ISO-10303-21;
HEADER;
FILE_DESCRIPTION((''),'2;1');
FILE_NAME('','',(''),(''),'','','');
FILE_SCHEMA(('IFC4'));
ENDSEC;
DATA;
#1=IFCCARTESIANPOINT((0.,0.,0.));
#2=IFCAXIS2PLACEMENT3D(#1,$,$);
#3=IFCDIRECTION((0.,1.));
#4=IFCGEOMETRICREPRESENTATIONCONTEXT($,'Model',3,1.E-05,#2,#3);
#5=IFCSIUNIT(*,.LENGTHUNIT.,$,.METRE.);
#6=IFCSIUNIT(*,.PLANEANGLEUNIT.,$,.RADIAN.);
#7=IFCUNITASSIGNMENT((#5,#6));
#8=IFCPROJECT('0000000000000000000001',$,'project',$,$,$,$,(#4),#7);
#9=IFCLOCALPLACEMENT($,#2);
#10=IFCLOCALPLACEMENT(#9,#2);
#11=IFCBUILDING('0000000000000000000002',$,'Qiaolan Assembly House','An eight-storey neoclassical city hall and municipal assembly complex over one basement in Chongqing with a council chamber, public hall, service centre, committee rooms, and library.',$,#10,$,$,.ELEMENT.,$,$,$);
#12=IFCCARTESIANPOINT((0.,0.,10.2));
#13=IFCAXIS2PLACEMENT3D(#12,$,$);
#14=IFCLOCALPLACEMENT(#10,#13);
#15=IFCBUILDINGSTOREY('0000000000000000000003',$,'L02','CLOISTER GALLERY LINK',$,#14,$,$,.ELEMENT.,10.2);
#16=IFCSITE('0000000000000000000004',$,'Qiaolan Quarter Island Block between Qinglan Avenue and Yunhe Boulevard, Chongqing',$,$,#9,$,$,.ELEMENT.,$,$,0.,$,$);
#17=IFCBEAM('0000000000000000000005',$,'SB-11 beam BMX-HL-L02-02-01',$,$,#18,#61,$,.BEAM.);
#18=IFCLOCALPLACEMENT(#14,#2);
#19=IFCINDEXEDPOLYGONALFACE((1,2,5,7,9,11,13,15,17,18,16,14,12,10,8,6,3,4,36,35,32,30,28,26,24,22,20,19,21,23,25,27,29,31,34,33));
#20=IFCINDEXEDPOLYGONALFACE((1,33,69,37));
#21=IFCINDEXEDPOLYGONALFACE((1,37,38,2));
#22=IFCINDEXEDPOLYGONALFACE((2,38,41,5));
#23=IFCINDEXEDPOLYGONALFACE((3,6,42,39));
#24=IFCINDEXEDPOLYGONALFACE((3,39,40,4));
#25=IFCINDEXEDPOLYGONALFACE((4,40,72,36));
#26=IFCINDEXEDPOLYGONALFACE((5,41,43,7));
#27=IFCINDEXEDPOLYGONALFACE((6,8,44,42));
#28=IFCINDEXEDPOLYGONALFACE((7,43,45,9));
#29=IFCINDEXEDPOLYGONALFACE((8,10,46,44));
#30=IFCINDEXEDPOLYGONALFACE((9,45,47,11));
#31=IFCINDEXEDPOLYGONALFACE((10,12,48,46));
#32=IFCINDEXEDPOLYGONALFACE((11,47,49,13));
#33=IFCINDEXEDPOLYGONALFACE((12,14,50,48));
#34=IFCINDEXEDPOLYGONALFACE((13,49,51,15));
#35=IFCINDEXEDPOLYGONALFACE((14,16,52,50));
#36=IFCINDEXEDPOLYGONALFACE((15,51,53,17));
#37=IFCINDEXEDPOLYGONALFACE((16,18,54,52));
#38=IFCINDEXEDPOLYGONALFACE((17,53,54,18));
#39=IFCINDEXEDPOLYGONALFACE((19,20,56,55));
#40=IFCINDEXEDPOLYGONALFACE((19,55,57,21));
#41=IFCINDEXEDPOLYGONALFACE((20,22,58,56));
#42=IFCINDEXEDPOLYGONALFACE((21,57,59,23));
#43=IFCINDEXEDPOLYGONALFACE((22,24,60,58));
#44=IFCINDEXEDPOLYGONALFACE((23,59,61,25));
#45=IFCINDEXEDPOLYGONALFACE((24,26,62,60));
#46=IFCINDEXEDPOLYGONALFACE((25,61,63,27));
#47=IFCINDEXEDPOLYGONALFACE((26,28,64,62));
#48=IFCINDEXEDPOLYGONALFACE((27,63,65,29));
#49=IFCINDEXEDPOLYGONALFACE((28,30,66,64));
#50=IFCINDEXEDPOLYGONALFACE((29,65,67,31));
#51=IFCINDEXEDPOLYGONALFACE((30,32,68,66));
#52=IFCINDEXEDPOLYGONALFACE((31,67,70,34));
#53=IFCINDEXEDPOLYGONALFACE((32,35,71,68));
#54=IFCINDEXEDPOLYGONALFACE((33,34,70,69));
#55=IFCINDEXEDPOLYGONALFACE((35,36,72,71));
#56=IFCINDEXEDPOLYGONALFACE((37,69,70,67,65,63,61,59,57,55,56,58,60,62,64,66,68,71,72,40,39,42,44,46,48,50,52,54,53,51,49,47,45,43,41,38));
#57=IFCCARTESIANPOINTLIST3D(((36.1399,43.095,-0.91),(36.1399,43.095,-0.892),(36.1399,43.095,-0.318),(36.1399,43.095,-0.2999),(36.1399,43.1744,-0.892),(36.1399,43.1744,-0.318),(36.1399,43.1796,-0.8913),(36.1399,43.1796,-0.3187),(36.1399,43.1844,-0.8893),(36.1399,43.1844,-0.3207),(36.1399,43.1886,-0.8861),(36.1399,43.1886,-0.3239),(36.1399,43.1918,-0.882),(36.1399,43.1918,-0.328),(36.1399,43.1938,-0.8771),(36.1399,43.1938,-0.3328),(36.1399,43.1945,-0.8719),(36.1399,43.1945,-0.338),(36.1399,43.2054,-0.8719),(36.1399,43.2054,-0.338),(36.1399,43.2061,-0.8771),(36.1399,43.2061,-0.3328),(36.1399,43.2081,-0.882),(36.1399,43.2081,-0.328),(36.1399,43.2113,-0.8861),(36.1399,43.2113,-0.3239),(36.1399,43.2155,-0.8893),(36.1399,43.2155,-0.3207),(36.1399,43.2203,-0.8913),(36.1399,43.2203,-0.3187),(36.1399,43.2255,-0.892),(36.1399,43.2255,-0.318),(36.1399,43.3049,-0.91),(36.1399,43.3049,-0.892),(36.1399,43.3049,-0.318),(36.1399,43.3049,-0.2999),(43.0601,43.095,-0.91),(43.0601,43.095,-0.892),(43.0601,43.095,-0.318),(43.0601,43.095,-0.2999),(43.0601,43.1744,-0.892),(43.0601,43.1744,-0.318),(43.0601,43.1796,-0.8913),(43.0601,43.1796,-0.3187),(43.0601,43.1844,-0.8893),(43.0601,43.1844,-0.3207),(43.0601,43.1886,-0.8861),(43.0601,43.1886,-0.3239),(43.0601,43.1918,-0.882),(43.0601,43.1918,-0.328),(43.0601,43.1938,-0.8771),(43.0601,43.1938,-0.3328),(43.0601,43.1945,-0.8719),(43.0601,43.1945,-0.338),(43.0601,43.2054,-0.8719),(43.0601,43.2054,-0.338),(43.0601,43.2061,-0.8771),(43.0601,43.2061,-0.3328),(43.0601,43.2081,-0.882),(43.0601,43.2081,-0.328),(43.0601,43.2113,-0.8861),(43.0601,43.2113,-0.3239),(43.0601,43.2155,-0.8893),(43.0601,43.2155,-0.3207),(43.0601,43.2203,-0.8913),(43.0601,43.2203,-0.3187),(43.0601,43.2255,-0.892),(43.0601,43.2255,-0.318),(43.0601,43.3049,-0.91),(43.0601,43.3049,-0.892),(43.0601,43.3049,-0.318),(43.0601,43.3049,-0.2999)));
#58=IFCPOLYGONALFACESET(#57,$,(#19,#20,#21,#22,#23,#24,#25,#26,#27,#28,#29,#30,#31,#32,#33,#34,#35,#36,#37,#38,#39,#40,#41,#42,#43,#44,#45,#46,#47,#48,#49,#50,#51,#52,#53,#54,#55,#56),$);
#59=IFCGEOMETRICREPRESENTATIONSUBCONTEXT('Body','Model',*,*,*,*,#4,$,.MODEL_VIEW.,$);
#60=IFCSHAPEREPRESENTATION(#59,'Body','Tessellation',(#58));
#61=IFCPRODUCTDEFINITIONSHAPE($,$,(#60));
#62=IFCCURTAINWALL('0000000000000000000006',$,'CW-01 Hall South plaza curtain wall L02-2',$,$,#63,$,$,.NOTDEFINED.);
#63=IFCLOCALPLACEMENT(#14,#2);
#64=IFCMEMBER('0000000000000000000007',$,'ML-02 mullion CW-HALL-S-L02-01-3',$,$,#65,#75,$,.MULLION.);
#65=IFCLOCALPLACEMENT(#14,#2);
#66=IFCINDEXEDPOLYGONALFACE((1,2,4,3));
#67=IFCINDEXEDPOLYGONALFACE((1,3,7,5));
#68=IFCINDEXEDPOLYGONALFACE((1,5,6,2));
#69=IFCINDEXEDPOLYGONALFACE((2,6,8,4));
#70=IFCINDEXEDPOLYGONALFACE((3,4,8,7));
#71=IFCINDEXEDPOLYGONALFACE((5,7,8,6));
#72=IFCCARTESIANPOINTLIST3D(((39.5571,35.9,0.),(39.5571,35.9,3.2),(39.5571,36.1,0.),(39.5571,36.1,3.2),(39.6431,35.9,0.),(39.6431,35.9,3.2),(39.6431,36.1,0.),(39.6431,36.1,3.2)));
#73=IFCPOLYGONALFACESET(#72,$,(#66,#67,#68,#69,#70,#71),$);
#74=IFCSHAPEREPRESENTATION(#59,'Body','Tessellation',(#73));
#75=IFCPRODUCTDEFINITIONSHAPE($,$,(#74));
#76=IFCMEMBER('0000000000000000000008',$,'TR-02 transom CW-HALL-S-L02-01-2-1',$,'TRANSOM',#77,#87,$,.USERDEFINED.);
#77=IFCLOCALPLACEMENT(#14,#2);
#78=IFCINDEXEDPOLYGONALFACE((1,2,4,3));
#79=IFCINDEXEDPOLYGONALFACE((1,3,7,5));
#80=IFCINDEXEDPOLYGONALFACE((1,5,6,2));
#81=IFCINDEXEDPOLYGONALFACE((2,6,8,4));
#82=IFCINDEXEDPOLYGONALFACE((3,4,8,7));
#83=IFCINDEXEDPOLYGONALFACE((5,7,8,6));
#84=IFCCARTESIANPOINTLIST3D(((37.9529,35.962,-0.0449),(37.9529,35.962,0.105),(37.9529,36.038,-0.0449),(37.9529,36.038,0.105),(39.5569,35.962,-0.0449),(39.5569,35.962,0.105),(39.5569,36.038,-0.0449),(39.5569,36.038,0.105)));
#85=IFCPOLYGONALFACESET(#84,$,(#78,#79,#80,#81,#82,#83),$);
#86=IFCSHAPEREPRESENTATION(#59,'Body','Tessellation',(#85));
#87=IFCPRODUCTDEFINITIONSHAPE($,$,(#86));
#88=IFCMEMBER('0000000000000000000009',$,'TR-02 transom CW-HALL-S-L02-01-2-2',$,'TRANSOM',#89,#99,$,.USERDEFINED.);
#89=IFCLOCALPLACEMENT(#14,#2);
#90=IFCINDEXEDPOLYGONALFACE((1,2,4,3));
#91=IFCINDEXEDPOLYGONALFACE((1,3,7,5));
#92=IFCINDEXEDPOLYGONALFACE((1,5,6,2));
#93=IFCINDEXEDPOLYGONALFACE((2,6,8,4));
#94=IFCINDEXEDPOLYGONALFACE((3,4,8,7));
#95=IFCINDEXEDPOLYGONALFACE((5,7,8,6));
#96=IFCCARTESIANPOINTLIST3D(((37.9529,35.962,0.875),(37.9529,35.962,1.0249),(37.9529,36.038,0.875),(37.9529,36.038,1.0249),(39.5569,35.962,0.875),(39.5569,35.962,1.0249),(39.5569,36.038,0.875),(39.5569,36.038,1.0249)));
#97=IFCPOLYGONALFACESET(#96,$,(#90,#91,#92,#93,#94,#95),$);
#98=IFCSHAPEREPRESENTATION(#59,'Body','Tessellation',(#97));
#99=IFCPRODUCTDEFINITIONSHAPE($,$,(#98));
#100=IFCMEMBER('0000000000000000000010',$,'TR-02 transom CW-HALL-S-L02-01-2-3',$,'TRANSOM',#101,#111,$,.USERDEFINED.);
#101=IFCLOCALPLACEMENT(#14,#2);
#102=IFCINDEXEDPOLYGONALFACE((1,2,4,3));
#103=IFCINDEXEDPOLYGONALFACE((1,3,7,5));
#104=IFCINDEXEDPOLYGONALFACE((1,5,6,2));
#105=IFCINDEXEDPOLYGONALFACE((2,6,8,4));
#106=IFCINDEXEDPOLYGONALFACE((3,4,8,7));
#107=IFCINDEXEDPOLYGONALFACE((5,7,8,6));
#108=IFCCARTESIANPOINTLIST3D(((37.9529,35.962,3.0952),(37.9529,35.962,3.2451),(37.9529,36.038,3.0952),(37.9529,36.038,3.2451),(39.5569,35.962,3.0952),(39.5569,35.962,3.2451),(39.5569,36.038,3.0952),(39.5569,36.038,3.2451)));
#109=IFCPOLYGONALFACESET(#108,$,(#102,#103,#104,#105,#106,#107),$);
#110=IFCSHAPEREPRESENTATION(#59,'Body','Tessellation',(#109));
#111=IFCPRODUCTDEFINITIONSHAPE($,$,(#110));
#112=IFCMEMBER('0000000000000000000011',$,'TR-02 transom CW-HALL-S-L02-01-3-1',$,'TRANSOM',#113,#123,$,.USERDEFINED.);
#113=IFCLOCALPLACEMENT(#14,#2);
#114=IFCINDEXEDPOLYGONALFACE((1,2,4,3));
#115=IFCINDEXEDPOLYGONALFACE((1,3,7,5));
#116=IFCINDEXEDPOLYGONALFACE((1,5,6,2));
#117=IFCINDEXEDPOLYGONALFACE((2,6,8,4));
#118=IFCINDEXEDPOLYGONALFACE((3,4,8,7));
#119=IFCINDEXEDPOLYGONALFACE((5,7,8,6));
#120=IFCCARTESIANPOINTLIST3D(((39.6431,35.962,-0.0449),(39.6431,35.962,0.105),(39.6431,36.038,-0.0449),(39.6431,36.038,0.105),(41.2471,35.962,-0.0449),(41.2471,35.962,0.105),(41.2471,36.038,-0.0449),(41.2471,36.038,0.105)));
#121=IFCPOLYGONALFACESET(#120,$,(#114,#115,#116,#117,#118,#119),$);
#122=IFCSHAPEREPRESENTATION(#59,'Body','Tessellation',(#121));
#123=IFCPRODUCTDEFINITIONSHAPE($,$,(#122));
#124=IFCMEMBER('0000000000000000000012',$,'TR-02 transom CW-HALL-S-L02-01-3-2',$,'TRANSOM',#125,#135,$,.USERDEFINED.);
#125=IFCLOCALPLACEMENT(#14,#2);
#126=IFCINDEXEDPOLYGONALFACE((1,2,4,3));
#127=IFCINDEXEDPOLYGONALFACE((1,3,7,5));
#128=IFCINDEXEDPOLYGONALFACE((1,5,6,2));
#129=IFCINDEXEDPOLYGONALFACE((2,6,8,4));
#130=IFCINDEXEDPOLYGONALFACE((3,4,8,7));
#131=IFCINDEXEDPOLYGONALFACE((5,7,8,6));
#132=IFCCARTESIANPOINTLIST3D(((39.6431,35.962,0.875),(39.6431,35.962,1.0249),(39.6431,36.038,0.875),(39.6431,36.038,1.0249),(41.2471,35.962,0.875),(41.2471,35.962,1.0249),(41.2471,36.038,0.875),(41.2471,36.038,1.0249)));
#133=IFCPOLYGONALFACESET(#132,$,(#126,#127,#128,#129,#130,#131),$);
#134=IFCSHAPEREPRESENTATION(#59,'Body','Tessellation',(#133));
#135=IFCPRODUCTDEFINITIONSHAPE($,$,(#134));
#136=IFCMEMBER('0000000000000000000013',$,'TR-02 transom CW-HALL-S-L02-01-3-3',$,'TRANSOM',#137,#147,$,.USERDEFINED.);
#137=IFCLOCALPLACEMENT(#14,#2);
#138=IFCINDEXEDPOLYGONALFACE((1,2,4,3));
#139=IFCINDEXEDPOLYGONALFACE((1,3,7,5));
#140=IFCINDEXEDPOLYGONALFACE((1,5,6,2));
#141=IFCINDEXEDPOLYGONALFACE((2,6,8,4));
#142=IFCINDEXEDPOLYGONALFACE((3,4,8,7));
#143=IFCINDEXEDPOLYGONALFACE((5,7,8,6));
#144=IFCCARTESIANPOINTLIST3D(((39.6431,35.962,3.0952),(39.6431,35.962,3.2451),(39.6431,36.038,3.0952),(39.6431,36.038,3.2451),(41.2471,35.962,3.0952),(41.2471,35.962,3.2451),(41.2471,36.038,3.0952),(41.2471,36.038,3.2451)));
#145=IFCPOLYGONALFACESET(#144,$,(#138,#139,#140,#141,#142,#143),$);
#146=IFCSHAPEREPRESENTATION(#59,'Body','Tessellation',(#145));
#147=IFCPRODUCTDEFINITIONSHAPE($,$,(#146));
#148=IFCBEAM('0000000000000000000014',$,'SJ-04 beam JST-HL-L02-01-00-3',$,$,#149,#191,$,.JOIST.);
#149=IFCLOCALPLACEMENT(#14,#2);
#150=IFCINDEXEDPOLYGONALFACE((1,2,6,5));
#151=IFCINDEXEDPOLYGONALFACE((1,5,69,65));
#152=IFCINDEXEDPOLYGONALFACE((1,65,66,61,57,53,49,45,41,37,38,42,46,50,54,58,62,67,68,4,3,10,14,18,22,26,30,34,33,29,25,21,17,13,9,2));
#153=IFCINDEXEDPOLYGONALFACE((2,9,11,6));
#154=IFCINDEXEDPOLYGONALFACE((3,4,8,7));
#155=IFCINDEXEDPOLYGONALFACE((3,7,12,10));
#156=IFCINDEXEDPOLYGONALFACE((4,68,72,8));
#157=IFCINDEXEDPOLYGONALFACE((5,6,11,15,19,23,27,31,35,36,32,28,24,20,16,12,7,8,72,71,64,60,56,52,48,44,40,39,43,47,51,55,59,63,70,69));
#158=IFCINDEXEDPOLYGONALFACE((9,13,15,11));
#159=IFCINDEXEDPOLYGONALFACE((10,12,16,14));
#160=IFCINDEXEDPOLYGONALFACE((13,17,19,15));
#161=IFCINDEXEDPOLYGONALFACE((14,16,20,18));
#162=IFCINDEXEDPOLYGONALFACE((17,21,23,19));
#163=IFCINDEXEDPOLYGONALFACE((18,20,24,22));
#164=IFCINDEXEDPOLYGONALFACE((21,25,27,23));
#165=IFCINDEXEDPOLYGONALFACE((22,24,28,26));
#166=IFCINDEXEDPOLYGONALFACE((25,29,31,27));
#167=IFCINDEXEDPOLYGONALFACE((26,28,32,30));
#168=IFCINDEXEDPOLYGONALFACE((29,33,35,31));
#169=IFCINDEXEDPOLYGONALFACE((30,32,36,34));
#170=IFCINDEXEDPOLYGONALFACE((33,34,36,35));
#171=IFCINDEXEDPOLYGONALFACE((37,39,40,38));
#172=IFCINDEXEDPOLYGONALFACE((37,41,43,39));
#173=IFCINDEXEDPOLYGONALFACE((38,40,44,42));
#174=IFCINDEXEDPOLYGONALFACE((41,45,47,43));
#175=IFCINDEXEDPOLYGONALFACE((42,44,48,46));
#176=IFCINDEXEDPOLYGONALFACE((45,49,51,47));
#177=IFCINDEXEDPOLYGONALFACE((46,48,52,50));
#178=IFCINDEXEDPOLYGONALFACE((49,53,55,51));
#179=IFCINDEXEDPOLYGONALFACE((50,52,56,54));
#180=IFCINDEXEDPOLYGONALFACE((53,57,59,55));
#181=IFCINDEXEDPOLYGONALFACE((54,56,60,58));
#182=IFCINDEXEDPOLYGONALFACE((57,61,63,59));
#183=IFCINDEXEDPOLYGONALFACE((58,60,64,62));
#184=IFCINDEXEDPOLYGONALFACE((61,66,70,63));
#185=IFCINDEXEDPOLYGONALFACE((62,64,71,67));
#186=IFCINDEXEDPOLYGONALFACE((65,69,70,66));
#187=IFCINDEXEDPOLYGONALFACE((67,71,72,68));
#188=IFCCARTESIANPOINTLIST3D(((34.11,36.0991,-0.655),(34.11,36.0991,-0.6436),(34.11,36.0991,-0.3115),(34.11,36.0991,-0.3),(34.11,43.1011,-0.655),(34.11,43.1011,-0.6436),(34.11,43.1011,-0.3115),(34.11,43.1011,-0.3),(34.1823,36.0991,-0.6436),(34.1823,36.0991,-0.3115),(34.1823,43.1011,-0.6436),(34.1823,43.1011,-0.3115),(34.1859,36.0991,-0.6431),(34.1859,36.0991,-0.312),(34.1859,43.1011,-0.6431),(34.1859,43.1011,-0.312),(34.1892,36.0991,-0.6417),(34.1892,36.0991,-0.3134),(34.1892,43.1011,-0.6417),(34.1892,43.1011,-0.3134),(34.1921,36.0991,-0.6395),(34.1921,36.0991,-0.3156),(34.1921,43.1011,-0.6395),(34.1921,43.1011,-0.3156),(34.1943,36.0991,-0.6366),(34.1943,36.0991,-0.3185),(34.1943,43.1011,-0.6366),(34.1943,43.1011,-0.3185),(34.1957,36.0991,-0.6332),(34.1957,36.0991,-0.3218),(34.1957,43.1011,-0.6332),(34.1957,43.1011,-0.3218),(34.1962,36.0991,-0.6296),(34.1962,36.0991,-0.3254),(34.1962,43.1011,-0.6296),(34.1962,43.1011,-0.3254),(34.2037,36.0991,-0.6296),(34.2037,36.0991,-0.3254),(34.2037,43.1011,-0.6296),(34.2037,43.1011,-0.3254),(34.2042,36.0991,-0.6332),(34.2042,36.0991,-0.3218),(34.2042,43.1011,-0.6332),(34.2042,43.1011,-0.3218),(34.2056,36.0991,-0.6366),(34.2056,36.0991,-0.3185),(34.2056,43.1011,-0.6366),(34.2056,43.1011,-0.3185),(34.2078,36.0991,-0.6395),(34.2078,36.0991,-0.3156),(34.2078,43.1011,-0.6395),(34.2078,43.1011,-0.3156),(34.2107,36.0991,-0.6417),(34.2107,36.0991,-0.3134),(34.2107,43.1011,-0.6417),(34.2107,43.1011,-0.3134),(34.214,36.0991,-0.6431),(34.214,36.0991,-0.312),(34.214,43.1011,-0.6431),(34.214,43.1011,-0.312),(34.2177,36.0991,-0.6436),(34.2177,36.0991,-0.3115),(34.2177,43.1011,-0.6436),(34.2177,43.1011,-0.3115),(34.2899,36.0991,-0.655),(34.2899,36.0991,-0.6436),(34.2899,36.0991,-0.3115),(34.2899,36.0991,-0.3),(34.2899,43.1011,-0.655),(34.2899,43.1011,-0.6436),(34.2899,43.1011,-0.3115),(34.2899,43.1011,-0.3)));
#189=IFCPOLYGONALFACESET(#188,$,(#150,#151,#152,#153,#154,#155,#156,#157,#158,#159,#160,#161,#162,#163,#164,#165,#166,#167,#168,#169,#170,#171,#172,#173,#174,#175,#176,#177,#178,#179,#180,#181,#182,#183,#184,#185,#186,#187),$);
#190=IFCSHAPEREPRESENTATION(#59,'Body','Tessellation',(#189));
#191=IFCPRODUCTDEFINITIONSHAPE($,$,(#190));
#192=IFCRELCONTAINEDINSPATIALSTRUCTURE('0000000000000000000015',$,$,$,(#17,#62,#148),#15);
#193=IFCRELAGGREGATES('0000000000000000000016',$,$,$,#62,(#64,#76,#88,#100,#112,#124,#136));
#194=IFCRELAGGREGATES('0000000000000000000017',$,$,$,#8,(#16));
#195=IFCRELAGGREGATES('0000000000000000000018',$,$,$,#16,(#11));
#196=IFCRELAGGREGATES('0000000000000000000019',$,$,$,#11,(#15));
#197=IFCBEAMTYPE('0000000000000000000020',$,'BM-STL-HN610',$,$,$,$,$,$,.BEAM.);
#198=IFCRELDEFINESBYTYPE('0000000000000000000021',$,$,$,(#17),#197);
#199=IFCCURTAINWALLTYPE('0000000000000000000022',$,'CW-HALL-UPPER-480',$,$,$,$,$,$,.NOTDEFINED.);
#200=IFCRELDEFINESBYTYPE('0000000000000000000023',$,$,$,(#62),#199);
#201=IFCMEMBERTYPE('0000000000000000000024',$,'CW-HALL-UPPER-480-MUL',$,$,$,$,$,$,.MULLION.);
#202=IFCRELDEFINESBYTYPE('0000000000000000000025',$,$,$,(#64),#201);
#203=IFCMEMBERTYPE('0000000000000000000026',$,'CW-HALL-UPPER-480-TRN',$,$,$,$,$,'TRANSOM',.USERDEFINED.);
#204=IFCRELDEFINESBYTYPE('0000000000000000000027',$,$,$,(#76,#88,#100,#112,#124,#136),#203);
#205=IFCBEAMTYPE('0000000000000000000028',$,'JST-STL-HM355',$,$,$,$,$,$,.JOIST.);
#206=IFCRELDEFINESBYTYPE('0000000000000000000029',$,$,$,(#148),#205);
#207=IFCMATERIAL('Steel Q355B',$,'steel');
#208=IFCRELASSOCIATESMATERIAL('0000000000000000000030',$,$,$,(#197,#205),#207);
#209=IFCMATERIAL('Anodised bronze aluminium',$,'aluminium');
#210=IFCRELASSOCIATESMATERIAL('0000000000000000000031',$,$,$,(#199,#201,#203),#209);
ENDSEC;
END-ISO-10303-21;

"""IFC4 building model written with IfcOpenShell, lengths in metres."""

from ifc_helpers import new_model, si_unit, direction, frame, origin, origin_2d, place, context, subcontext, project, spatial, rectangle, i_section, extrude, material, material_profile, profile_set, type_object, element, aggregate, save


model = new_model("IFC4")

# Units and contexts
model_context = context("Model", 3, precision=1e-05, world=origin(), true_north=direction((0.0, 1.0)))
body_context = subcontext(model_context, "Body", "Model", "MODEL_VIEW")
ifc_project = project(units=[si_unit("LENGTHUNIT", "METRE"), si_unit("PLANEANGLEUNIT", "RADIAN")], contexts=[model_context])

# Site, building, storey
site_placement = place(None, origin())
site = spatial("IfcSite", under=ifc_project, at=site_placement, Name="Qiaolan Quarter Island Block between Qinglan Avenue and Yunhe Boulevard, Chongqing", CompositionType="ELEMENT", RefElevation=0.0)
building_placement = place(site_placement, origin())
building = spatial("IfcBuilding", under=site, at=building_placement, Name="Qiaolan Assembly House", Description="An eight-storey neoclassical city hall and municipal assembly complex over one basement in Chongqing with a council chamber, public hall, service centre, committee rooms, and library.", CompositionType="ELEMENT")
storey_placement = place(building_placement, frame((0.0, 0.0, 10.2)))
storey = spatial("IfcBuildingStorey", under=building, at=storey_placement, Name="L02", Description="CLOISTER GALLERY LINK", CompositionType="ELEMENT", Elevation=10.2)

# Shared definitions
ifc_material_1 = material(Name="Steel Q355B", Category="steel")

# Beam
ifc_material_profile_1 = material_profile(ifc_material_1, i_section(OverallWidth=0.21, OverallDepth=0.6101, WebThickness=0.011, FlangeThickness=0.0181, FilletRadius=0.02, at=origin_2d()), Name="HN 610x210x11x18")
ifc_profile_set_1 = profile_set([ifc_material_profile_1], Name="Steel Q355B")
beam_type_1 = type_object("IfcBeamType", Name="BM-STL-HN610", PredefinedType="BEAM", material=ifc_profile_set_1)
beam_1_placement = place(storey_placement, frame((36.1399, 43.2, -0.605), z_axis=(1.0, 0.0, 0.0), x_axis=(0.0, 1.0, 0.0)))
element("IfcBeam", 1, at=beam_1_placement, inside=storey, type_object=beam_type_1, Name="SB-11 beam BMX-HL-L02-02-01", PredefinedType="BEAM", context=body_context, shape_type="SweptSolid", body=[
    extrude(i_section(OverallWidth=0.21, OverallDepth=0.6101, WebThickness=0.011, FlangeThickness=0.0181, FilletRadius=0.02, at=origin_2d()), origin(), (0.0, 0.0, 1.0), 6.9202),
])

# Curtain wall, members
ifc_material_2 = material(Name="Anodised bronze aluminium", Category="aluminium")
curtain_wall_type = type_object("IfcCurtainWallType", Name="CW-HALL-UPPER-480", PredefinedType="NOTDEFINED", material=ifc_material_2)
curtain_wall_placement = place(storey_placement, origin())
curtain_wall = element("IfcCurtainWall", 2, at=curtain_wall_placement, inside=storey, type_object=curtain_wall_type, Name="CW-01 Hall South plaza curtain wall L02-2", PredefinedType="NOTDEFINED")
ifc_material_profile_2 = material_profile(ifc_material_2, rectangle(XDim=0.0859, YDim=0.2, at=origin_2d()), Name="MUL 86x200")
ifc_profile_set_2 = profile_set([ifc_material_profile_2], Name="Anodised bronze aluminium")
member_type_1 = type_object("IfcMemberType", Name="CW-HALL-UPPER-480-MUL", PredefinedType="MULLION", material=ifc_profile_set_2)
member_1_placement = place(storey_placement, frame((39.6001, 36.0, 0.0), z_axis=(0.0, 0.0, 1.0), x_axis=(1.0, 0.0, 0.0)))
member_1 = element("IfcMember", 3, at=member_1_placement, type_object=member_type_1, Name="ML-02 mullion CW-HALL-S-L02-01-3", PredefinedType="MULLION", context=body_context, shape_type="SweptSolid", body=[
    extrude(rectangle(XDim=0.0859, YDim=0.2, at=origin_2d()), origin(), (0.0, 0.0, 1.0), 3.2),
])
ifc_material_profile_3 = material_profile(ifc_material_2, rectangle(XDim=0.0759, YDim=0.1499, at=origin_2d()), Name="TRN 76x150")
ifc_profile_set_3 = profile_set([ifc_material_profile_3], Name="Anodised bronze aluminium")
member_type_2 = type_object("IfcMemberType", Name="CW-HALL-UPPER-480-TRN", ElementType="TRANSOM", PredefinedType="USERDEFINED", material=ifc_profile_set_3)
member_2_placement = place(storey_placement, frame((37.9529, 36.0, 0.03), z_axis=(1.0, 0.0, 0.0), x_axis=(0.0, 1.0, 0.0)))
member_2 = element("IfcMember", 4, at=member_2_placement, type_object=member_type_2, Name="TR-02 transom CW-HALL-S-L02-01-2-1", ObjectType="TRANSOM", PredefinedType="USERDEFINED", context=body_context, shape_type="SweptSolid", body=[
    extrude(rectangle(XDim=0.0759, YDim=0.1499, at=origin_2d()), origin(), (0.0, 0.0, 1.0), 1.604),
])
member_3_placement = place(storey_placement, frame((37.9529, 36.0, 0.95), z_axis=(1.0, 0.0, 0.0), x_axis=(0.0, 1.0, 0.0)))
member_3 = element("IfcMember", 5, at=member_3_placement, type_object=member_type_2, Name="TR-02 transom CW-HALL-S-L02-01-2-2", ObjectType="TRANSOM", PredefinedType="USERDEFINED", context=body_context, shape_type="SweptSolid", body=[
    extrude(rectangle(XDim=0.0759, YDim=0.1499, at=origin_2d()), origin(), (0.0, 0.0, 1.0), 1.604),
])
member_4_placement = place(storey_placement, frame((37.9529, 36.0, 3.1702), z_axis=(1.0, 0.0, 0.0), x_axis=(0.0, 1.0, 0.0)))
member_4 = element("IfcMember", 6, at=member_4_placement, type_object=member_type_2, Name="TR-02 transom CW-HALL-S-L02-01-2-3", ObjectType="TRANSOM", PredefinedType="USERDEFINED", context=body_context, shape_type="SweptSolid", body=[
    extrude(rectangle(XDim=0.0759, YDim=0.1499, at=origin_2d()), origin(), (0.0, 0.0, 1.0), 1.604),
])
member_5_placement = place(storey_placement, frame((39.6431, 36.0, 0.03), z_axis=(1.0, 0.0, 0.0), x_axis=(0.0, 1.0, 0.0)))
member_5 = element("IfcMember", 7, at=member_5_placement, type_object=member_type_2, Name="TR-02 transom CW-HALL-S-L02-01-3-1", ObjectType="TRANSOM", PredefinedType="USERDEFINED", context=body_context, shape_type="SweptSolid", body=[
    extrude(rectangle(XDim=0.0759, YDim=0.1499, at=origin_2d()), origin(), (0.0, 0.0, 1.0), 1.604),
])
member_6_placement = place(storey_placement, frame((39.6431, 36.0, 0.95), z_axis=(1.0, 0.0, 0.0), x_axis=(0.0, 1.0, 0.0)))
member_6 = element("IfcMember", 8, at=member_6_placement, type_object=member_type_2, Name="TR-02 transom CW-HALL-S-L02-01-3-2", ObjectType="TRANSOM", PredefinedType="USERDEFINED", context=body_context, shape_type="SweptSolid", body=[
    extrude(rectangle(XDim=0.0759, YDim=0.1499, at=origin_2d()), origin(), (0.0, 0.0, 1.0), 1.604),
])
member_7_placement = place(storey_placement, frame((39.6431, 36.0, 3.1702), z_axis=(1.0, 0.0, 0.0), x_axis=(0.0, 1.0, 0.0)))
member_7 = element("IfcMember", 9, at=member_7_placement, type_object=member_type_2, Name="TR-02 transom CW-HALL-S-L02-01-3-3", ObjectType="TRANSOM", PredefinedType="USERDEFINED", context=body_context, shape_type="SweptSolid", body=[
    extrude(rectangle(XDim=0.0759, YDim=0.1499, at=origin_2d()), origin(), (0.0, 0.0, 1.0), 1.604),
])

# Beam
ifc_material_profile_4 = material_profile(ifc_material_1, i_section(OverallWidth=0.1799, OverallDepth=0.355, WebThickness=0.0076, FlangeThickness=0.0115, FilletRadius=0.0139, at=origin_2d()), Name="HM 355x180x7.5x11.5")
ifc_profile_set_4 = profile_set([ifc_material_profile_4], Name="Steel Q355B")
beam_type_2 = type_object("IfcBeamType", Name="JST-STL-HM355", PredefinedType="JOIST", material=ifc_profile_set_4)
for number, where, z_axis, x_axis, name in (
    (10, (34.2, 36.0991, -0.4775), (0.0, 1.0, 0.0), (-1.0, 0.0, 0.0), "SJ-04 beam JST-HL-L02-01-00-3"),
):
    element("IfcBeam", number, at=place(storey_placement, frame(where, z_axis=z_axis, x_axis=x_axis)), inside=storey, type_object=beam_type_2, Name=name, PredefinedType="JOIST", context=body_context, shape_type="SweptSolid", body=[
        extrude(i_section(OverallWidth=0.1799, OverallDepth=0.355, WebThickness=0.0076, FlangeThickness=0.0115, FilletRadius=0.0139, at=origin_2d()), origin(), (0.0, 0.0, 1.0), 7.002),
    ])

aggregate(curtain_wall, [member_1, member_2, member_3, member_4, member_5, member_6, member_7])

save(model, "model.ifc")
